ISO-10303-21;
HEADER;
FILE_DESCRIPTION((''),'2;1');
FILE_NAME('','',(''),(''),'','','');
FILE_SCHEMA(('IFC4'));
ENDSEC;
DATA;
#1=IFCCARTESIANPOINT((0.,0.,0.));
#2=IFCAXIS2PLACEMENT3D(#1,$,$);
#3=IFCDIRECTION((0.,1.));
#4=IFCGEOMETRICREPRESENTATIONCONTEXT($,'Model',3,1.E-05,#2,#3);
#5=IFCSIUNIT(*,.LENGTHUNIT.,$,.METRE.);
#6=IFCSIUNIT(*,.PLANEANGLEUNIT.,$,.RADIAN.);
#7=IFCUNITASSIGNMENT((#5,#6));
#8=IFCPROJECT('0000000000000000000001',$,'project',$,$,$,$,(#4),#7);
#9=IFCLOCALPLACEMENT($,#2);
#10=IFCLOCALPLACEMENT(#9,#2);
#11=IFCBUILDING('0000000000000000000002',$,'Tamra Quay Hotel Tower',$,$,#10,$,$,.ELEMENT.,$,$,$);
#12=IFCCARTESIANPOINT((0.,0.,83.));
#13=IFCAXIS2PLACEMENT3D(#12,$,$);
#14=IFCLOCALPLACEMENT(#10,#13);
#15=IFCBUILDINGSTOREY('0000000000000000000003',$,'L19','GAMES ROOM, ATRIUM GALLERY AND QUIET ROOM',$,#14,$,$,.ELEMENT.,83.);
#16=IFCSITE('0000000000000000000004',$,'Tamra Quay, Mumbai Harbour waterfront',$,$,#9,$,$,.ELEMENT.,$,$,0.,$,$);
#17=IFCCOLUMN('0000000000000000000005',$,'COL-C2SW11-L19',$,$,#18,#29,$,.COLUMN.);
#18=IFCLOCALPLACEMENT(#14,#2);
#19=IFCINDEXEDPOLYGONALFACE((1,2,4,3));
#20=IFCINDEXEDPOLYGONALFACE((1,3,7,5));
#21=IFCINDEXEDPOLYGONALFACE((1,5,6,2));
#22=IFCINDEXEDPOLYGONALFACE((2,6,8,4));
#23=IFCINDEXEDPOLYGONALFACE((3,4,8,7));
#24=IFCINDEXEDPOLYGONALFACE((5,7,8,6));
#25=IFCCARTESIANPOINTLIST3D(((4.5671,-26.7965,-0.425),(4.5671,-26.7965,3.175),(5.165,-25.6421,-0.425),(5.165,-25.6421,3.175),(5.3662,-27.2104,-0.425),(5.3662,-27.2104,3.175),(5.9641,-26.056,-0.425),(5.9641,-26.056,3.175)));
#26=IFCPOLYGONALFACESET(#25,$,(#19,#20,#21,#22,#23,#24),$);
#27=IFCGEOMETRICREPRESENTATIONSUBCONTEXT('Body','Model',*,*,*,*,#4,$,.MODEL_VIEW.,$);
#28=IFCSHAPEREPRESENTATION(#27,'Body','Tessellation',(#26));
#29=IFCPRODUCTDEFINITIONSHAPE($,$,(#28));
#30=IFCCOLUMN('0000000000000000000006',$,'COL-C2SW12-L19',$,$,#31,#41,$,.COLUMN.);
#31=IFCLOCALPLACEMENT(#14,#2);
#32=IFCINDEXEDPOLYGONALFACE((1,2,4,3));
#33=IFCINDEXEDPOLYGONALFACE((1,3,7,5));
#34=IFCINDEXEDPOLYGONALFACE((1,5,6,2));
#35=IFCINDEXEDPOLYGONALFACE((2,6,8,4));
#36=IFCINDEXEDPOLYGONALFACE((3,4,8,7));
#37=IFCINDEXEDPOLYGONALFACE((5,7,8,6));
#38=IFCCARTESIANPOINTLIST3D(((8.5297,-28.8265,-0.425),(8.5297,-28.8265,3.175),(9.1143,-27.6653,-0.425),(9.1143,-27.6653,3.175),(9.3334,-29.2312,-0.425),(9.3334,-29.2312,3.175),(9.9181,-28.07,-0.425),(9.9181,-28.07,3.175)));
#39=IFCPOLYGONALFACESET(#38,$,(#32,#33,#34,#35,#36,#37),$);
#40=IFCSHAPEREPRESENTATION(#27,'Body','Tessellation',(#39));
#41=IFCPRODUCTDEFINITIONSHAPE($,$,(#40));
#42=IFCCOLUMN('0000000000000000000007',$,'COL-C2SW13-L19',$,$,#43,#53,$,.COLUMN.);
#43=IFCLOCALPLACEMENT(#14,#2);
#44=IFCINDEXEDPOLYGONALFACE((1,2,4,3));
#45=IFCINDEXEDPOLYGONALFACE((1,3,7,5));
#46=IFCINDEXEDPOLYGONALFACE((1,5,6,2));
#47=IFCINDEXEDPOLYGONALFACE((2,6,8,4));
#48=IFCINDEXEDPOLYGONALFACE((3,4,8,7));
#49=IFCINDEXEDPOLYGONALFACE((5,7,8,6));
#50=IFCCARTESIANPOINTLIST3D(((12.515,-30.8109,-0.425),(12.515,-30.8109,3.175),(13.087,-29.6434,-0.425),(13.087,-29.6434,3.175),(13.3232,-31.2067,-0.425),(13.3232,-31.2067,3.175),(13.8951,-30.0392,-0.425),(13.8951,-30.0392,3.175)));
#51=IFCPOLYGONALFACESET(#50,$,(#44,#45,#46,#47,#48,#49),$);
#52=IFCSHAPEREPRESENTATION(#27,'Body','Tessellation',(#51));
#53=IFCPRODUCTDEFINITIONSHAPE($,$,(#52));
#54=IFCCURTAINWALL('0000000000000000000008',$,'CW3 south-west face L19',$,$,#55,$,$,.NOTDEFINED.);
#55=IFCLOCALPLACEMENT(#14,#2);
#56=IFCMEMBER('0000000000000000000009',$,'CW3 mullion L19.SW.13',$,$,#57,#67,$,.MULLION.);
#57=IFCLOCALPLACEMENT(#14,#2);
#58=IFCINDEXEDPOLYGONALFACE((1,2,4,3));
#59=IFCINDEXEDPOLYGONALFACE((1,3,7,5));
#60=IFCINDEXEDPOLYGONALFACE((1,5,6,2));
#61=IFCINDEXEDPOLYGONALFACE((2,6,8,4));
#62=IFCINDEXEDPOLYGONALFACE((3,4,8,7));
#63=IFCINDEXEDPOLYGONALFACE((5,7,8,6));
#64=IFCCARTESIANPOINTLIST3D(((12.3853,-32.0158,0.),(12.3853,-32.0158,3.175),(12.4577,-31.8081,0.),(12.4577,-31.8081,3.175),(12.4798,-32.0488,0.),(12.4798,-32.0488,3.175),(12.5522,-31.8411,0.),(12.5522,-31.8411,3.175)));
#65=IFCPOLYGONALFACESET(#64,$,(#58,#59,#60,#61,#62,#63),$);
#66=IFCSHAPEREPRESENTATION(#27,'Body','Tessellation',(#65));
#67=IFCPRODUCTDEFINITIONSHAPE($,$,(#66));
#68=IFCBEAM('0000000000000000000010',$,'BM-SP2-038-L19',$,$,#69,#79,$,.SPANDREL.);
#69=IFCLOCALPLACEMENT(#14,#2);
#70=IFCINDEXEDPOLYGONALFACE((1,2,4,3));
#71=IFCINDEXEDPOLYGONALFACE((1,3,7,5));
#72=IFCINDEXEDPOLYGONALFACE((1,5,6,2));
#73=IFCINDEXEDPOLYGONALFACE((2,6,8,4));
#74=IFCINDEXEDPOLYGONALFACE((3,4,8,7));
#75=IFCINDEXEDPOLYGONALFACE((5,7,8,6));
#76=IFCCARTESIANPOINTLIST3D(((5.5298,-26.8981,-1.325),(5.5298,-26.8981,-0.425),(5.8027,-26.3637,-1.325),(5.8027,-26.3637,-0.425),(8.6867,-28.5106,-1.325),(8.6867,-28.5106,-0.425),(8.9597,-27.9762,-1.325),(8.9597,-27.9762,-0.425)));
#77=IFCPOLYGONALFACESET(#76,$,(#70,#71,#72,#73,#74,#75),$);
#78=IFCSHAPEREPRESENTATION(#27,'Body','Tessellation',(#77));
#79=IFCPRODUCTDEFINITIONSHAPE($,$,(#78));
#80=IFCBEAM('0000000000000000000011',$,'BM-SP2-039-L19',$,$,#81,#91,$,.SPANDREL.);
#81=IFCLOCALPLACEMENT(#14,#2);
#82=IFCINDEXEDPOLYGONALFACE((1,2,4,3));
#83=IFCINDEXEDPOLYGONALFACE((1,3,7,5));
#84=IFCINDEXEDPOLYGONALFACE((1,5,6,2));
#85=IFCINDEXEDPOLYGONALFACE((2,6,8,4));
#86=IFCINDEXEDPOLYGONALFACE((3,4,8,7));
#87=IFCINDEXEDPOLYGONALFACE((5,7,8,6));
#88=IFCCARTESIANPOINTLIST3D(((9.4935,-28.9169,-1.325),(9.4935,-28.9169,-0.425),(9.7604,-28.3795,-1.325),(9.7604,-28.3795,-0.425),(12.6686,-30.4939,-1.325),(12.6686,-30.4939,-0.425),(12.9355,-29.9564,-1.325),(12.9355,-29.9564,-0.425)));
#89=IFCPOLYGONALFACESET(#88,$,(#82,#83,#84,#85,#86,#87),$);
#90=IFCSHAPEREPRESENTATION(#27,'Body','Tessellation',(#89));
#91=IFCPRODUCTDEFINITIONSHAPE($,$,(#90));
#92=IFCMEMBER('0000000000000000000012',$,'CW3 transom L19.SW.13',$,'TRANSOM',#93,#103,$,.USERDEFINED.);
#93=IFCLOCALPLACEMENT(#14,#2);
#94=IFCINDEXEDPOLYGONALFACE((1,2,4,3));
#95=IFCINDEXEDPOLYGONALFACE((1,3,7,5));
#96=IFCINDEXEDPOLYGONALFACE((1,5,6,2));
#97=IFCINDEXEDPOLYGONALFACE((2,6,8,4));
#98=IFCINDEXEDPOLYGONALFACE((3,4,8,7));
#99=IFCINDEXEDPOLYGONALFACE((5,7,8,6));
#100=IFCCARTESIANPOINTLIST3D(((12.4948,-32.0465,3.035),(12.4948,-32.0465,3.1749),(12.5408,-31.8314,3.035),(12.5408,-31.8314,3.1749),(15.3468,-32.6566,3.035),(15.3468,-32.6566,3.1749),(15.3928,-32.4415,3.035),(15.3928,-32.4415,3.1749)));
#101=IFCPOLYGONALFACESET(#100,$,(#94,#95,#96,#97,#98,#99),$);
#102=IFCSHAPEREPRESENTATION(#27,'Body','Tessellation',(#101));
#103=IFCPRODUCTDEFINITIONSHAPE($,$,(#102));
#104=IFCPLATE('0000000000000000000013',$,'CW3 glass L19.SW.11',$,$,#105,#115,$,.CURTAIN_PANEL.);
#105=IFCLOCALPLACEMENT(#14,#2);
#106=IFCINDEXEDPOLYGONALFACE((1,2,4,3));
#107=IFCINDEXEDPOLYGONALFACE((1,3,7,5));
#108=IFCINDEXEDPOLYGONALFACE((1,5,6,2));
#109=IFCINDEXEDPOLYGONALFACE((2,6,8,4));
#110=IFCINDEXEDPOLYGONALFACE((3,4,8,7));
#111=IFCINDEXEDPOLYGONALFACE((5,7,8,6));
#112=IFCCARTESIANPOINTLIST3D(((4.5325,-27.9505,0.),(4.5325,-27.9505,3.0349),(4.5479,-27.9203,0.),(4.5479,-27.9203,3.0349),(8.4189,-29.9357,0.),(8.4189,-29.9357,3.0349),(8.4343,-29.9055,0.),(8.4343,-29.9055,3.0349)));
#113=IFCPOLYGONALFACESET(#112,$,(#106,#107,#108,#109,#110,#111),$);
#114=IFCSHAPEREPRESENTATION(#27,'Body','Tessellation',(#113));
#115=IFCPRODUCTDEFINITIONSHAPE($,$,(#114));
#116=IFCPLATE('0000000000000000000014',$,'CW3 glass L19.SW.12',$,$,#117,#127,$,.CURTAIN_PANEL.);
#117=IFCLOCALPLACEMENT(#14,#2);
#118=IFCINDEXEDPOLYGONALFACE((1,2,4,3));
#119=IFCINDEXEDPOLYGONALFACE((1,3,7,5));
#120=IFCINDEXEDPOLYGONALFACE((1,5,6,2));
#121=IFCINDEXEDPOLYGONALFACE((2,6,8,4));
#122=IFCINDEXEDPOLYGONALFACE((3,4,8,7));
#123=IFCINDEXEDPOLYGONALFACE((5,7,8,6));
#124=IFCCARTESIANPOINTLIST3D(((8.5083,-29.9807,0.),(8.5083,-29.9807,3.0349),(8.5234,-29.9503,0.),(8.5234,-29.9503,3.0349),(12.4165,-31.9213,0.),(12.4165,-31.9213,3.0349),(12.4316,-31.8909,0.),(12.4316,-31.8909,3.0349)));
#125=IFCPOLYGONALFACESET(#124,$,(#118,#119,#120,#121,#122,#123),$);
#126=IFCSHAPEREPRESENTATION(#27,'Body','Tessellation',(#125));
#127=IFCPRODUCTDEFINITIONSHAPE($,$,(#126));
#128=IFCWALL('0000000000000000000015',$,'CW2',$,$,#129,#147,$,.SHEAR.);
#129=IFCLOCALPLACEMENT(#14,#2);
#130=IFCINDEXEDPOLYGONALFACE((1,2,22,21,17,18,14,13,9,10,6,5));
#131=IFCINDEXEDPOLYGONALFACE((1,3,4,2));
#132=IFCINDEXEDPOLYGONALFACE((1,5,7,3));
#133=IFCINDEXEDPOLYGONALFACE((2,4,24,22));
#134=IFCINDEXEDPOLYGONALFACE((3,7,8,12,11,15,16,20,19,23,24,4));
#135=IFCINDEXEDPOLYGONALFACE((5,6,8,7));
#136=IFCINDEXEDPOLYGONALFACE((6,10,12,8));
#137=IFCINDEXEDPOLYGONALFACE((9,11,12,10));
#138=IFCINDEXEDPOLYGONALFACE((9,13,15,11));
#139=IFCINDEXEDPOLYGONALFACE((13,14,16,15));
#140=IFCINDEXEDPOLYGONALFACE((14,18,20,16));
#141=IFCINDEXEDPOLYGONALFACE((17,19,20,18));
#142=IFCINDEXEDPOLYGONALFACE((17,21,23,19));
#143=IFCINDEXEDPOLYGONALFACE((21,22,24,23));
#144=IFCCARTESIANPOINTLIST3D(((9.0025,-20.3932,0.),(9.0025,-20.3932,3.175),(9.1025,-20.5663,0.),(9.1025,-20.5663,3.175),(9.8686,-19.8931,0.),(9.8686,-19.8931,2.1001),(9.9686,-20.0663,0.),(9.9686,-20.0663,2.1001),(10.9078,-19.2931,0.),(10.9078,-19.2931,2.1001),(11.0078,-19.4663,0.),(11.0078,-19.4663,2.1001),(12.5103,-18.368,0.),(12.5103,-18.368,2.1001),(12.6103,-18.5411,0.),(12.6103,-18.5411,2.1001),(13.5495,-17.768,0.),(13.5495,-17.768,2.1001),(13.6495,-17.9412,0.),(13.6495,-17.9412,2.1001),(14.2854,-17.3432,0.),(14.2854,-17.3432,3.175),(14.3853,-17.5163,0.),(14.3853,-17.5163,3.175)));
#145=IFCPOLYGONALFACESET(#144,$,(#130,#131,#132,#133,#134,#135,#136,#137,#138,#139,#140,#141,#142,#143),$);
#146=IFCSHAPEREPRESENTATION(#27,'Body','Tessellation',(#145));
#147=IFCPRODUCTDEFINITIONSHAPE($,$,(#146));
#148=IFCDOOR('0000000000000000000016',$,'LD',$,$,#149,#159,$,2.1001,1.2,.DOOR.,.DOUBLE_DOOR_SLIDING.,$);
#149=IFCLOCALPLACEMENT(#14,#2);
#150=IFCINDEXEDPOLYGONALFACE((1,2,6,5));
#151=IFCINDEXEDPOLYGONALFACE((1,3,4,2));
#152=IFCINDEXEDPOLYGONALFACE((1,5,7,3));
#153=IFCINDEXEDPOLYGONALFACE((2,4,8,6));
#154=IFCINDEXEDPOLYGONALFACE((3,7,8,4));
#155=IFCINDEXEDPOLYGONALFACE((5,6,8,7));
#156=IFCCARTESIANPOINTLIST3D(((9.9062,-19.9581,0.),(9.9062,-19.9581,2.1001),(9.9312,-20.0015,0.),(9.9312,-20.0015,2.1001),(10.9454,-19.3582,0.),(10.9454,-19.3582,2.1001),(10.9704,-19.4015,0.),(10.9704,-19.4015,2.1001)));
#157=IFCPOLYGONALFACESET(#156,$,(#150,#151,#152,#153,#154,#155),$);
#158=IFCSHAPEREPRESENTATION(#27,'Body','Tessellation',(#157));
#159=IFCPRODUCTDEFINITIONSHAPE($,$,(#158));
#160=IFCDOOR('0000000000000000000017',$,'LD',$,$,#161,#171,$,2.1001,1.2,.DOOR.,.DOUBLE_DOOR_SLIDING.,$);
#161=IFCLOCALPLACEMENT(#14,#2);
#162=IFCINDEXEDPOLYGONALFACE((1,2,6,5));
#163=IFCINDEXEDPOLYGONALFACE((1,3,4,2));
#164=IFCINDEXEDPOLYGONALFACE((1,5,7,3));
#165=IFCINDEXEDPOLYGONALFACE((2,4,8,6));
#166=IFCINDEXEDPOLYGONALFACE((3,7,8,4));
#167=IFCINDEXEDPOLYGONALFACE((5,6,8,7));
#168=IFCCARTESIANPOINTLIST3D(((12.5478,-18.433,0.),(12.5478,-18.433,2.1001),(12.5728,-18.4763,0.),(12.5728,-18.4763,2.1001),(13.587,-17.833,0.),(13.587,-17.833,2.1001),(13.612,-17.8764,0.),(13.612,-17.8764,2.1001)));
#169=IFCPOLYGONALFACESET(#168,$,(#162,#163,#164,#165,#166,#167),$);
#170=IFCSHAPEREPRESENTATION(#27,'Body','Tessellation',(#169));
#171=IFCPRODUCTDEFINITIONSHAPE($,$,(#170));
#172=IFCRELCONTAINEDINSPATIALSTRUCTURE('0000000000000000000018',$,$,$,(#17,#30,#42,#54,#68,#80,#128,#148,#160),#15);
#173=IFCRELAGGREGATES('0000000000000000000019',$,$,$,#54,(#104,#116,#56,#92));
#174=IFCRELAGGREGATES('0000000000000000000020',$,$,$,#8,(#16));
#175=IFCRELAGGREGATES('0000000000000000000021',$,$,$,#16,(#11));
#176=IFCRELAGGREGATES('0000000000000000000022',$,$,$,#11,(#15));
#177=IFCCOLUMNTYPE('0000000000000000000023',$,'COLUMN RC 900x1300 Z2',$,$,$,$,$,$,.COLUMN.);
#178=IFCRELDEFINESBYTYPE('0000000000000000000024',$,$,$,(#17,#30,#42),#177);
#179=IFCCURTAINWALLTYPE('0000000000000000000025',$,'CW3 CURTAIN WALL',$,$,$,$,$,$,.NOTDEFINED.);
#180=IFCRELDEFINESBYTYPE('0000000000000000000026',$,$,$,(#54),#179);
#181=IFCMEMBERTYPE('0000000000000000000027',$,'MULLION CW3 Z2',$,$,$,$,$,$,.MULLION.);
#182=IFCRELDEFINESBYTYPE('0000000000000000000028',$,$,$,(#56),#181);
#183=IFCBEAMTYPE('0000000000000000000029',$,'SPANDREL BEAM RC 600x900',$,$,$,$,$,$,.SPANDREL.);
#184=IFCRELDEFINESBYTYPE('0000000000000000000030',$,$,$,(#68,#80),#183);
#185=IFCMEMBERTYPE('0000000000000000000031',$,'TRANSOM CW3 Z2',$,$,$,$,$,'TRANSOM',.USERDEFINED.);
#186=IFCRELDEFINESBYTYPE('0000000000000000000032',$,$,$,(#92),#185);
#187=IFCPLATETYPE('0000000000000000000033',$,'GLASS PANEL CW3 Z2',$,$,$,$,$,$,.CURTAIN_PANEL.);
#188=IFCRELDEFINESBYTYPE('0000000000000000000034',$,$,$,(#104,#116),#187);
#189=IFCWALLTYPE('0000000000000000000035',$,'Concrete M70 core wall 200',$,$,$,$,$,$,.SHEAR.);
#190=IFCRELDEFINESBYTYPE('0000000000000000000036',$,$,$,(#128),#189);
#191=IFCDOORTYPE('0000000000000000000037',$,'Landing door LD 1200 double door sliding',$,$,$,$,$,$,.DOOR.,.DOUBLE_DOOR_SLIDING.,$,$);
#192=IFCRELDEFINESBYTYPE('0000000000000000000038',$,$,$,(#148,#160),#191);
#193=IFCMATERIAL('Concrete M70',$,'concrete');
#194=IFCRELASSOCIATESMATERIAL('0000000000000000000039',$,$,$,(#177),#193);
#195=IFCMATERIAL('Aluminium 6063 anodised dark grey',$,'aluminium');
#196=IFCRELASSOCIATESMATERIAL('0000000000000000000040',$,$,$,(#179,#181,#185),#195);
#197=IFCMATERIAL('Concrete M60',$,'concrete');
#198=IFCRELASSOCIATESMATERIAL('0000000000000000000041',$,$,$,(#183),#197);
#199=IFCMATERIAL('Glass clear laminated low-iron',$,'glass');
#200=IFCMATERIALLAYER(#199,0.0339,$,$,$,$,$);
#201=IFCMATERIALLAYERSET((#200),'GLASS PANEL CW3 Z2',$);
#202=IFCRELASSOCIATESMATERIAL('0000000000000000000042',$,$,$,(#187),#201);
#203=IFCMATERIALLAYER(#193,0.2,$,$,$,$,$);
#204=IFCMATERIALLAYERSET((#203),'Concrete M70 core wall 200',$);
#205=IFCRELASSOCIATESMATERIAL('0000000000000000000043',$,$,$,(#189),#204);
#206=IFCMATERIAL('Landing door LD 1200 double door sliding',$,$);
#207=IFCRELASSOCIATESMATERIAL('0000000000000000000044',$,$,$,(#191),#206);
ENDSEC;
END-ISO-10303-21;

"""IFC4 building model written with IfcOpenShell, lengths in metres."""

from ifc_helpers import new_model, si_unit, direction, frame, frame_2d, origin, origin_2d, place, context, subcontext, project, spatial, rectangle, extrude, material, layer, layer_set, material_profile, profile_set, type_object, element, fill, aggregate, save


model = new_model("IFC4")

# Units and contexts
model_context = context("Model", 3, precision=1e-05, world=origin(), true_north=direction((0.0, 1.0)))
body_context = subcontext(model_context, "Body", "Model", "MODEL_VIEW")
ifc_project = project(units=[si_unit("LENGTHUNIT", "METRE"), si_unit("PLANEANGLEUNIT", "RADIAN")], contexts=[model_context])

# Site, building, storey
site_placement = place(None, origin())
site = spatial("IfcSite", under=ifc_project, at=site_placement, Name="Tamra Quay, Mumbai Harbour waterfront", CompositionType="ELEMENT", RefElevation=0.0)
building_placement = place(site_placement, origin())
building = spatial("IfcBuilding", under=site, at=building_placement, Name="Tamra Quay Hotel Tower", CompositionType="ELEMENT")
storey_placement = place(building_placement, frame((0.0, 0.0, 83.0)))
storey = spatial("IfcBuildingStorey", under=building, at=storey_placement, Name="L19", Description="GAMES ROOM, ATRIUM GALLERY AND QUIET ROOM", CompositionType="ELEMENT", Elevation=83.0)

# Columns
ifc_material_1 = material(Name="Concrete M70", Category="concrete")
ifc_material_profile_1 = material_profile(ifc_material_1, rectangle(XDim=1.3, YDim=0.8999, at=origin_2d()), Name="COLUMN RC 900x1300 Z2")
ifc_profile_set_1 = profile_set([ifc_material_profile_1], Name="Concrete M70")
column_type = type_object("IfcColumnType", Name="COLUMN RC 900x1300 Z2", PredefinedType="COLUMN", material=ifc_profile_set_1)
for number, where, z_axis, x_axis, name in (
    (1, (5.2656, -26.4263, -0.425), (0.0, 0.0, 1.0), (0.45989, 0.887976, 0.0), "COL-C2SW11-L19"),
    (2, (9.2239, -28.4482, -0.425), (0.0, 0.0, 1.0), (0.449727, 0.893166, 0.0), "COL-C2SW12-L19"),
    (3, (13.2051, -30.425, -0.425), (0.0, 0.0, 1.0), (0.439916, 0.898039, 0.0), "COL-C2SW13-L19"),
):
    element("IfcColumn", number, at=place(storey_placement, frame(where, z_axis=z_axis, x_axis=x_axis)), inside=storey, type_object=column_type, Name=name, PredefinedType="COLUMN", context=body_context, shape_type="SweptSolid", body=[
        extrude(rectangle(XDim=1.3, YDim=0.8999, at=origin_2d()), origin(), (0.0, 0.0, 1.0), 3.6001),
    ])

# Curtain wall, member
ifc_material_2 = material(Name="Aluminium 6063 anodised dark grey", Category="aluminium")
curtain_wall_type = type_object("IfcCurtainWallType", Name="CW3 CURTAIN WALL", PredefinedType="NOTDEFINED", material=ifc_material_2)
curtain_wall_placement = place(storey_placement, origin())
curtain_wall = element("IfcCurtainWall", 4, at=curtain_wall_placement, inside=storey, type_object=curtain_wall_type, Name="CW3 south-west face L19", PredefinedType="NOTDEFINED")
ifc_material_profile_2 = material_profile(ifc_material_2, rectangle(XDim=0.22, YDim=0.1001, at=origin_2d()), Name="MULLION 100X220")
ifc_profile_set_2 = profile_set([ifc_material_profile_2], Name="Aluminium 6063 anodised dark grey")
member_type_1 = type_object("IfcMemberType", Name="MULLION CW3 Z2", PredefinedType="MULLION", material=ifc_profile_set_2)
member_1_placement = place(storey_placement, frame((12.4688, -31.9285, 0.0), z_axis=(0.0, 0.0, 1.0), x_axis=(-0.329532, -0.944144, 0.0)))
member_1 = element("IfcMember", 5, at=member_1_placement, type_object=member_type_1, Name="CW3 mullion L19.SW.13", PredefinedType="MULLION", context=body_context, shape_type="SweptSolid", body=[
    extrude(rectangle(XDim=0.22, YDim=0.1001, at=origin_2d()), origin(), (0.0, 0.0, 1.0), 3.175),
])

# Beams
ifc_material_3 = material(Name="Concrete M60", Category="concrete")
ifc_material_profile_3 = material_profile(ifc_material_3, rectangle(XDim=0.6001, YDim=0.8999, at=origin_2d()), Name="SPANDREL BEAM RC 600x900")
ifc_profile_set_3 = profile_set([ifc_material_profile_3], Name="Concrete M60")
beam_type = type_object("IfcBeamType", Name="SPANDREL BEAM RC 600x900", PredefinedType="SPANDREL", material=ifc_profile_set_3)
beam_1_placement = place(storey_placement, frame((5.6663, -26.6309, -0.875), z_axis=(0.890551, -0.454883, 0.0), x_axis=(0.454883, 0.890551, 0.0)))
element("IfcBeam", 6, at=beam_1_placement, inside=storey, type_object=beam_type, Name="BM-SP2-038-L19", PredefinedType="SPANDREL", context=body_context, shape_type="SweptSolid", body=[
    extrude(rectangle(XDim=0.6001, YDim=0.8999, at=origin_2d()), origin(), (0.0, 0.0, 1.0), 3.5449),
])
beam_2_placement = place(storey_placement, frame((9.627, -28.6482, -0.875), z_axis=(0.895622, -0.444815, 0.0), x_axis=(0.444815, 0.895622, 0.0)))
element("IfcBeam", 7, at=beam_2_placement, inside=storey, type_object=beam_type, Name="BM-SP2-039-L19", PredefinedType="SPANDREL", context=body_context, shape_type="SweptSolid", body=[
    extrude(rectangle(XDim=0.6001, YDim=0.8999, at=origin_2d()), origin(), (0.0, 0.0, 1.0), 3.5452),
])

# Member
ifc_material_profile_4 = material_profile(ifc_material_2, rectangle(XDim=0.22, YDim=0.1399, at=origin_2d()), Name="TRANSOM 220X140")
ifc_profile_set_4 = profile_set([ifc_material_profile_4], Name="Aluminium 6063 anodised dark grey")
member_type_2 = type_object("IfcMemberType", Name="TRANSOM CW3 Z2", ElementType="TRANSOM", PredefinedType="USERDEFINED", material=ifc_profile_set_4)
member_2_placement = place(storey_placement, frame((12.5178, -31.939, 3.105), z_axis=(0.977876, -0.209186, 0.0), x_axis=(0.209186, 0.977876, 0.0)))
member_2 = element("IfcMember", 8, at=member_2_placement, type_object=member_type_2, Name="CW3 transom L19.SW.13", ObjectType="TRANSOM", PredefinedType="USERDEFINED", context=body_context, shape_type="SweptSolid", body=[
    extrude(rectangle(XDim=0.22, YDim=0.1399, at=origin_2d()), origin(), (0.0, 0.0, 1.0), 2.9165),
])

# Plates
ifc_material_4 = material(Name="Glass clear laminated low-iron", Category="glass")
ifc_layer_1 = layer(ifc_material_4, 0.0339)
ifc_layer_set_1 = layer_set([ifc_layer_1], Name="GLASS PANEL CW3 Z2")
plate_type = type_object("IfcPlateType", Name="GLASS PANEL CW3 Z2", PredefinedType="CURTAIN_PANEL", material=ifc_layer_set_1)
plate_1_placement = place(storey_placement, frame((6.4834, -28.928, 0.0), z_axis=(0.0, 0.0, 1.0), x_axis=(0.890544, -0.454896, 0.0)))
plate_1 = element("IfcPlate", 9, at=plate_1_placement, type_object=plate_type, Name="CW3 glass L19.SW.11", PredefinedType="CURTAIN_PANEL", context=body_context, shape_type="SweptSolid", body=[
    extrude(rectangle(XDim=4.364, YDim=0.0339, at=origin_2d()), origin(), (0.0, 0.0, 1.0), 3.0349),
])
plate_2_placement = place(storey_placement, frame((10.47, -30.9358, 0.0), z_axis=(0.0, 0.0, 1.0), x_axis=(0.895658, -0.444743, 0.0)))
plate_2 = element("IfcPlate", 10, at=plate_2_placement, type_object=plate_type, Name="CW3 glass L19.SW.12", PredefinedType="CURTAIN_PANEL", context=body_context, shape_type="SweptSolid", body=[
    extrude(rectangle(XDim=4.3635, YDim=0.0339, at=origin_2d()), origin(), (0.0, 0.0, 1.0), 3.0349),
])
aggregate(curtain_wall, [plate_1, plate_2, member_1, member_2])

# Wall, openings, doors
ifc_layer_2 = layer(ifc_material_1, 0.2)
ifc_layer_set_2 = layer_set([ifc_layer_2], Name="Concrete M70 core wall 200")
wall_type_1 = type_object("IfcWallType", Name="Concrete M70 core wall 200", PredefinedType="SHEAR", material=ifc_layer_set_2)
wall_1_placement = place(storey_placement, frame((9.0525, -20.4797, 0.0), z_axis=(0.0, 0.0, 1.0), x_axis=(0.86603, 0.499992, 0.0)))
wall_1 = element("IfcWall", 11, at=wall_1_placement, inside=storey, type_object=wall_type_1, Name="CW2", PredefinedType="SHEAR", context=body_context, shape_type="SweptSolid", body=[
    extrude(rectangle(XDim=6.1001, YDim=0.2, at=frame_2d((3.05, 0.0))), origin(), (0.0, 0.0, 1.0), 3.175),
])
opening_1_placement = place(wall_1_placement, frame((1.0, 0.0, 0.0)))
opening_1 = element("IfcOpeningElement", 12, at=opening_1_placement, cuts=wall_1, PredefinedType="OPENING", context=body_context, shape_type="SweptSolid", body=[
    extrude(rectangle(XDim=1.2, YDim=2.1001, at=frame_2d((0.6001, 1.05))), frame((0.0, 0.1099, 0.0), z_axis=(0.0, -1.0, 0.0), x_axis=(1.0, 0.0, 0.0)), (0.0, 0.0, 1.0), 0.22),
])
opening_2_placement = place(wall_1_placement, frame((4.0503, 0.0, 0.0)))
opening_2 = element("IfcOpeningElement", 13, at=opening_2_placement, cuts=wall_1, PredefinedType="OPENING", context=body_context, shape_type="SweptSolid", body=[
    extrude(rectangle(XDim=1.2, YDim=2.1001, at=frame_2d((0.6001, 1.05))), frame((0.0, 0.1099, 0.0), z_axis=(0.0, -1.0, 0.0), x_axis=(1.0, 0.0, 0.0)), (0.0, 0.0, 1.0), 0.22),
])
ifc_material_5 = material(Name="Landing door LD 1200 double door sliding")
door_type_1 = type_object("IfcDoorType", Name="Landing door LD 1200 double door sliding", OperationType="DOUBLE_DOOR_SLIDING", PredefinedType="DOOR", material=ifc_material_5)
door_1_placement = place(opening_1_placement, origin())
door_1 = element("IfcDoor", 14, at=door_1_placement, inside=storey, type_object=door_type_1, Name="LD", OperationType="DOUBLE_DOOR_SLIDING", OverallHeight=2.1001, OverallWidth=1.2, PredefinedType="DOOR", context=body_context, shape_type="SweptSolid", body=[
    extrude(rectangle(XDim=1.2, YDim=2.1001, at=frame_2d((0.6001, 1.05))), frame((0.0, 0.0249, 0.0), z_axis=(0.0, -1.0, 0.0), x_axis=(1.0, 0.0, 0.0)), (0.0, 0.0, 1.0), 0.05),
])
fill(opening_1, door_1)
door_2_placement = place(opening_2_placement, origin())
door_2 = element("IfcDoor", 15, at=door_2_placement, inside=storey, type_object=door_type_1, Name="LD", OperationType="DOUBLE_DOOR_SLIDING", OverallHeight=2.1001, OverallWidth=1.2, PredefinedType="DOOR", context=body_context, shape_type="SweptSolid", body=[
    extrude(rectangle(XDim=1.2, YDim=2.1001, at=frame_2d((0.6001, 1.05))), frame((0.0, 0.0249, 0.0), z_axis=(0.0, -1.0, 0.0), x_axis=(1.0, 0.0, 0.0)), (0.0, 0.0, 1.0), 0.05),
])
fill(opening_2, door_2)

save(model, "model.ifc")
